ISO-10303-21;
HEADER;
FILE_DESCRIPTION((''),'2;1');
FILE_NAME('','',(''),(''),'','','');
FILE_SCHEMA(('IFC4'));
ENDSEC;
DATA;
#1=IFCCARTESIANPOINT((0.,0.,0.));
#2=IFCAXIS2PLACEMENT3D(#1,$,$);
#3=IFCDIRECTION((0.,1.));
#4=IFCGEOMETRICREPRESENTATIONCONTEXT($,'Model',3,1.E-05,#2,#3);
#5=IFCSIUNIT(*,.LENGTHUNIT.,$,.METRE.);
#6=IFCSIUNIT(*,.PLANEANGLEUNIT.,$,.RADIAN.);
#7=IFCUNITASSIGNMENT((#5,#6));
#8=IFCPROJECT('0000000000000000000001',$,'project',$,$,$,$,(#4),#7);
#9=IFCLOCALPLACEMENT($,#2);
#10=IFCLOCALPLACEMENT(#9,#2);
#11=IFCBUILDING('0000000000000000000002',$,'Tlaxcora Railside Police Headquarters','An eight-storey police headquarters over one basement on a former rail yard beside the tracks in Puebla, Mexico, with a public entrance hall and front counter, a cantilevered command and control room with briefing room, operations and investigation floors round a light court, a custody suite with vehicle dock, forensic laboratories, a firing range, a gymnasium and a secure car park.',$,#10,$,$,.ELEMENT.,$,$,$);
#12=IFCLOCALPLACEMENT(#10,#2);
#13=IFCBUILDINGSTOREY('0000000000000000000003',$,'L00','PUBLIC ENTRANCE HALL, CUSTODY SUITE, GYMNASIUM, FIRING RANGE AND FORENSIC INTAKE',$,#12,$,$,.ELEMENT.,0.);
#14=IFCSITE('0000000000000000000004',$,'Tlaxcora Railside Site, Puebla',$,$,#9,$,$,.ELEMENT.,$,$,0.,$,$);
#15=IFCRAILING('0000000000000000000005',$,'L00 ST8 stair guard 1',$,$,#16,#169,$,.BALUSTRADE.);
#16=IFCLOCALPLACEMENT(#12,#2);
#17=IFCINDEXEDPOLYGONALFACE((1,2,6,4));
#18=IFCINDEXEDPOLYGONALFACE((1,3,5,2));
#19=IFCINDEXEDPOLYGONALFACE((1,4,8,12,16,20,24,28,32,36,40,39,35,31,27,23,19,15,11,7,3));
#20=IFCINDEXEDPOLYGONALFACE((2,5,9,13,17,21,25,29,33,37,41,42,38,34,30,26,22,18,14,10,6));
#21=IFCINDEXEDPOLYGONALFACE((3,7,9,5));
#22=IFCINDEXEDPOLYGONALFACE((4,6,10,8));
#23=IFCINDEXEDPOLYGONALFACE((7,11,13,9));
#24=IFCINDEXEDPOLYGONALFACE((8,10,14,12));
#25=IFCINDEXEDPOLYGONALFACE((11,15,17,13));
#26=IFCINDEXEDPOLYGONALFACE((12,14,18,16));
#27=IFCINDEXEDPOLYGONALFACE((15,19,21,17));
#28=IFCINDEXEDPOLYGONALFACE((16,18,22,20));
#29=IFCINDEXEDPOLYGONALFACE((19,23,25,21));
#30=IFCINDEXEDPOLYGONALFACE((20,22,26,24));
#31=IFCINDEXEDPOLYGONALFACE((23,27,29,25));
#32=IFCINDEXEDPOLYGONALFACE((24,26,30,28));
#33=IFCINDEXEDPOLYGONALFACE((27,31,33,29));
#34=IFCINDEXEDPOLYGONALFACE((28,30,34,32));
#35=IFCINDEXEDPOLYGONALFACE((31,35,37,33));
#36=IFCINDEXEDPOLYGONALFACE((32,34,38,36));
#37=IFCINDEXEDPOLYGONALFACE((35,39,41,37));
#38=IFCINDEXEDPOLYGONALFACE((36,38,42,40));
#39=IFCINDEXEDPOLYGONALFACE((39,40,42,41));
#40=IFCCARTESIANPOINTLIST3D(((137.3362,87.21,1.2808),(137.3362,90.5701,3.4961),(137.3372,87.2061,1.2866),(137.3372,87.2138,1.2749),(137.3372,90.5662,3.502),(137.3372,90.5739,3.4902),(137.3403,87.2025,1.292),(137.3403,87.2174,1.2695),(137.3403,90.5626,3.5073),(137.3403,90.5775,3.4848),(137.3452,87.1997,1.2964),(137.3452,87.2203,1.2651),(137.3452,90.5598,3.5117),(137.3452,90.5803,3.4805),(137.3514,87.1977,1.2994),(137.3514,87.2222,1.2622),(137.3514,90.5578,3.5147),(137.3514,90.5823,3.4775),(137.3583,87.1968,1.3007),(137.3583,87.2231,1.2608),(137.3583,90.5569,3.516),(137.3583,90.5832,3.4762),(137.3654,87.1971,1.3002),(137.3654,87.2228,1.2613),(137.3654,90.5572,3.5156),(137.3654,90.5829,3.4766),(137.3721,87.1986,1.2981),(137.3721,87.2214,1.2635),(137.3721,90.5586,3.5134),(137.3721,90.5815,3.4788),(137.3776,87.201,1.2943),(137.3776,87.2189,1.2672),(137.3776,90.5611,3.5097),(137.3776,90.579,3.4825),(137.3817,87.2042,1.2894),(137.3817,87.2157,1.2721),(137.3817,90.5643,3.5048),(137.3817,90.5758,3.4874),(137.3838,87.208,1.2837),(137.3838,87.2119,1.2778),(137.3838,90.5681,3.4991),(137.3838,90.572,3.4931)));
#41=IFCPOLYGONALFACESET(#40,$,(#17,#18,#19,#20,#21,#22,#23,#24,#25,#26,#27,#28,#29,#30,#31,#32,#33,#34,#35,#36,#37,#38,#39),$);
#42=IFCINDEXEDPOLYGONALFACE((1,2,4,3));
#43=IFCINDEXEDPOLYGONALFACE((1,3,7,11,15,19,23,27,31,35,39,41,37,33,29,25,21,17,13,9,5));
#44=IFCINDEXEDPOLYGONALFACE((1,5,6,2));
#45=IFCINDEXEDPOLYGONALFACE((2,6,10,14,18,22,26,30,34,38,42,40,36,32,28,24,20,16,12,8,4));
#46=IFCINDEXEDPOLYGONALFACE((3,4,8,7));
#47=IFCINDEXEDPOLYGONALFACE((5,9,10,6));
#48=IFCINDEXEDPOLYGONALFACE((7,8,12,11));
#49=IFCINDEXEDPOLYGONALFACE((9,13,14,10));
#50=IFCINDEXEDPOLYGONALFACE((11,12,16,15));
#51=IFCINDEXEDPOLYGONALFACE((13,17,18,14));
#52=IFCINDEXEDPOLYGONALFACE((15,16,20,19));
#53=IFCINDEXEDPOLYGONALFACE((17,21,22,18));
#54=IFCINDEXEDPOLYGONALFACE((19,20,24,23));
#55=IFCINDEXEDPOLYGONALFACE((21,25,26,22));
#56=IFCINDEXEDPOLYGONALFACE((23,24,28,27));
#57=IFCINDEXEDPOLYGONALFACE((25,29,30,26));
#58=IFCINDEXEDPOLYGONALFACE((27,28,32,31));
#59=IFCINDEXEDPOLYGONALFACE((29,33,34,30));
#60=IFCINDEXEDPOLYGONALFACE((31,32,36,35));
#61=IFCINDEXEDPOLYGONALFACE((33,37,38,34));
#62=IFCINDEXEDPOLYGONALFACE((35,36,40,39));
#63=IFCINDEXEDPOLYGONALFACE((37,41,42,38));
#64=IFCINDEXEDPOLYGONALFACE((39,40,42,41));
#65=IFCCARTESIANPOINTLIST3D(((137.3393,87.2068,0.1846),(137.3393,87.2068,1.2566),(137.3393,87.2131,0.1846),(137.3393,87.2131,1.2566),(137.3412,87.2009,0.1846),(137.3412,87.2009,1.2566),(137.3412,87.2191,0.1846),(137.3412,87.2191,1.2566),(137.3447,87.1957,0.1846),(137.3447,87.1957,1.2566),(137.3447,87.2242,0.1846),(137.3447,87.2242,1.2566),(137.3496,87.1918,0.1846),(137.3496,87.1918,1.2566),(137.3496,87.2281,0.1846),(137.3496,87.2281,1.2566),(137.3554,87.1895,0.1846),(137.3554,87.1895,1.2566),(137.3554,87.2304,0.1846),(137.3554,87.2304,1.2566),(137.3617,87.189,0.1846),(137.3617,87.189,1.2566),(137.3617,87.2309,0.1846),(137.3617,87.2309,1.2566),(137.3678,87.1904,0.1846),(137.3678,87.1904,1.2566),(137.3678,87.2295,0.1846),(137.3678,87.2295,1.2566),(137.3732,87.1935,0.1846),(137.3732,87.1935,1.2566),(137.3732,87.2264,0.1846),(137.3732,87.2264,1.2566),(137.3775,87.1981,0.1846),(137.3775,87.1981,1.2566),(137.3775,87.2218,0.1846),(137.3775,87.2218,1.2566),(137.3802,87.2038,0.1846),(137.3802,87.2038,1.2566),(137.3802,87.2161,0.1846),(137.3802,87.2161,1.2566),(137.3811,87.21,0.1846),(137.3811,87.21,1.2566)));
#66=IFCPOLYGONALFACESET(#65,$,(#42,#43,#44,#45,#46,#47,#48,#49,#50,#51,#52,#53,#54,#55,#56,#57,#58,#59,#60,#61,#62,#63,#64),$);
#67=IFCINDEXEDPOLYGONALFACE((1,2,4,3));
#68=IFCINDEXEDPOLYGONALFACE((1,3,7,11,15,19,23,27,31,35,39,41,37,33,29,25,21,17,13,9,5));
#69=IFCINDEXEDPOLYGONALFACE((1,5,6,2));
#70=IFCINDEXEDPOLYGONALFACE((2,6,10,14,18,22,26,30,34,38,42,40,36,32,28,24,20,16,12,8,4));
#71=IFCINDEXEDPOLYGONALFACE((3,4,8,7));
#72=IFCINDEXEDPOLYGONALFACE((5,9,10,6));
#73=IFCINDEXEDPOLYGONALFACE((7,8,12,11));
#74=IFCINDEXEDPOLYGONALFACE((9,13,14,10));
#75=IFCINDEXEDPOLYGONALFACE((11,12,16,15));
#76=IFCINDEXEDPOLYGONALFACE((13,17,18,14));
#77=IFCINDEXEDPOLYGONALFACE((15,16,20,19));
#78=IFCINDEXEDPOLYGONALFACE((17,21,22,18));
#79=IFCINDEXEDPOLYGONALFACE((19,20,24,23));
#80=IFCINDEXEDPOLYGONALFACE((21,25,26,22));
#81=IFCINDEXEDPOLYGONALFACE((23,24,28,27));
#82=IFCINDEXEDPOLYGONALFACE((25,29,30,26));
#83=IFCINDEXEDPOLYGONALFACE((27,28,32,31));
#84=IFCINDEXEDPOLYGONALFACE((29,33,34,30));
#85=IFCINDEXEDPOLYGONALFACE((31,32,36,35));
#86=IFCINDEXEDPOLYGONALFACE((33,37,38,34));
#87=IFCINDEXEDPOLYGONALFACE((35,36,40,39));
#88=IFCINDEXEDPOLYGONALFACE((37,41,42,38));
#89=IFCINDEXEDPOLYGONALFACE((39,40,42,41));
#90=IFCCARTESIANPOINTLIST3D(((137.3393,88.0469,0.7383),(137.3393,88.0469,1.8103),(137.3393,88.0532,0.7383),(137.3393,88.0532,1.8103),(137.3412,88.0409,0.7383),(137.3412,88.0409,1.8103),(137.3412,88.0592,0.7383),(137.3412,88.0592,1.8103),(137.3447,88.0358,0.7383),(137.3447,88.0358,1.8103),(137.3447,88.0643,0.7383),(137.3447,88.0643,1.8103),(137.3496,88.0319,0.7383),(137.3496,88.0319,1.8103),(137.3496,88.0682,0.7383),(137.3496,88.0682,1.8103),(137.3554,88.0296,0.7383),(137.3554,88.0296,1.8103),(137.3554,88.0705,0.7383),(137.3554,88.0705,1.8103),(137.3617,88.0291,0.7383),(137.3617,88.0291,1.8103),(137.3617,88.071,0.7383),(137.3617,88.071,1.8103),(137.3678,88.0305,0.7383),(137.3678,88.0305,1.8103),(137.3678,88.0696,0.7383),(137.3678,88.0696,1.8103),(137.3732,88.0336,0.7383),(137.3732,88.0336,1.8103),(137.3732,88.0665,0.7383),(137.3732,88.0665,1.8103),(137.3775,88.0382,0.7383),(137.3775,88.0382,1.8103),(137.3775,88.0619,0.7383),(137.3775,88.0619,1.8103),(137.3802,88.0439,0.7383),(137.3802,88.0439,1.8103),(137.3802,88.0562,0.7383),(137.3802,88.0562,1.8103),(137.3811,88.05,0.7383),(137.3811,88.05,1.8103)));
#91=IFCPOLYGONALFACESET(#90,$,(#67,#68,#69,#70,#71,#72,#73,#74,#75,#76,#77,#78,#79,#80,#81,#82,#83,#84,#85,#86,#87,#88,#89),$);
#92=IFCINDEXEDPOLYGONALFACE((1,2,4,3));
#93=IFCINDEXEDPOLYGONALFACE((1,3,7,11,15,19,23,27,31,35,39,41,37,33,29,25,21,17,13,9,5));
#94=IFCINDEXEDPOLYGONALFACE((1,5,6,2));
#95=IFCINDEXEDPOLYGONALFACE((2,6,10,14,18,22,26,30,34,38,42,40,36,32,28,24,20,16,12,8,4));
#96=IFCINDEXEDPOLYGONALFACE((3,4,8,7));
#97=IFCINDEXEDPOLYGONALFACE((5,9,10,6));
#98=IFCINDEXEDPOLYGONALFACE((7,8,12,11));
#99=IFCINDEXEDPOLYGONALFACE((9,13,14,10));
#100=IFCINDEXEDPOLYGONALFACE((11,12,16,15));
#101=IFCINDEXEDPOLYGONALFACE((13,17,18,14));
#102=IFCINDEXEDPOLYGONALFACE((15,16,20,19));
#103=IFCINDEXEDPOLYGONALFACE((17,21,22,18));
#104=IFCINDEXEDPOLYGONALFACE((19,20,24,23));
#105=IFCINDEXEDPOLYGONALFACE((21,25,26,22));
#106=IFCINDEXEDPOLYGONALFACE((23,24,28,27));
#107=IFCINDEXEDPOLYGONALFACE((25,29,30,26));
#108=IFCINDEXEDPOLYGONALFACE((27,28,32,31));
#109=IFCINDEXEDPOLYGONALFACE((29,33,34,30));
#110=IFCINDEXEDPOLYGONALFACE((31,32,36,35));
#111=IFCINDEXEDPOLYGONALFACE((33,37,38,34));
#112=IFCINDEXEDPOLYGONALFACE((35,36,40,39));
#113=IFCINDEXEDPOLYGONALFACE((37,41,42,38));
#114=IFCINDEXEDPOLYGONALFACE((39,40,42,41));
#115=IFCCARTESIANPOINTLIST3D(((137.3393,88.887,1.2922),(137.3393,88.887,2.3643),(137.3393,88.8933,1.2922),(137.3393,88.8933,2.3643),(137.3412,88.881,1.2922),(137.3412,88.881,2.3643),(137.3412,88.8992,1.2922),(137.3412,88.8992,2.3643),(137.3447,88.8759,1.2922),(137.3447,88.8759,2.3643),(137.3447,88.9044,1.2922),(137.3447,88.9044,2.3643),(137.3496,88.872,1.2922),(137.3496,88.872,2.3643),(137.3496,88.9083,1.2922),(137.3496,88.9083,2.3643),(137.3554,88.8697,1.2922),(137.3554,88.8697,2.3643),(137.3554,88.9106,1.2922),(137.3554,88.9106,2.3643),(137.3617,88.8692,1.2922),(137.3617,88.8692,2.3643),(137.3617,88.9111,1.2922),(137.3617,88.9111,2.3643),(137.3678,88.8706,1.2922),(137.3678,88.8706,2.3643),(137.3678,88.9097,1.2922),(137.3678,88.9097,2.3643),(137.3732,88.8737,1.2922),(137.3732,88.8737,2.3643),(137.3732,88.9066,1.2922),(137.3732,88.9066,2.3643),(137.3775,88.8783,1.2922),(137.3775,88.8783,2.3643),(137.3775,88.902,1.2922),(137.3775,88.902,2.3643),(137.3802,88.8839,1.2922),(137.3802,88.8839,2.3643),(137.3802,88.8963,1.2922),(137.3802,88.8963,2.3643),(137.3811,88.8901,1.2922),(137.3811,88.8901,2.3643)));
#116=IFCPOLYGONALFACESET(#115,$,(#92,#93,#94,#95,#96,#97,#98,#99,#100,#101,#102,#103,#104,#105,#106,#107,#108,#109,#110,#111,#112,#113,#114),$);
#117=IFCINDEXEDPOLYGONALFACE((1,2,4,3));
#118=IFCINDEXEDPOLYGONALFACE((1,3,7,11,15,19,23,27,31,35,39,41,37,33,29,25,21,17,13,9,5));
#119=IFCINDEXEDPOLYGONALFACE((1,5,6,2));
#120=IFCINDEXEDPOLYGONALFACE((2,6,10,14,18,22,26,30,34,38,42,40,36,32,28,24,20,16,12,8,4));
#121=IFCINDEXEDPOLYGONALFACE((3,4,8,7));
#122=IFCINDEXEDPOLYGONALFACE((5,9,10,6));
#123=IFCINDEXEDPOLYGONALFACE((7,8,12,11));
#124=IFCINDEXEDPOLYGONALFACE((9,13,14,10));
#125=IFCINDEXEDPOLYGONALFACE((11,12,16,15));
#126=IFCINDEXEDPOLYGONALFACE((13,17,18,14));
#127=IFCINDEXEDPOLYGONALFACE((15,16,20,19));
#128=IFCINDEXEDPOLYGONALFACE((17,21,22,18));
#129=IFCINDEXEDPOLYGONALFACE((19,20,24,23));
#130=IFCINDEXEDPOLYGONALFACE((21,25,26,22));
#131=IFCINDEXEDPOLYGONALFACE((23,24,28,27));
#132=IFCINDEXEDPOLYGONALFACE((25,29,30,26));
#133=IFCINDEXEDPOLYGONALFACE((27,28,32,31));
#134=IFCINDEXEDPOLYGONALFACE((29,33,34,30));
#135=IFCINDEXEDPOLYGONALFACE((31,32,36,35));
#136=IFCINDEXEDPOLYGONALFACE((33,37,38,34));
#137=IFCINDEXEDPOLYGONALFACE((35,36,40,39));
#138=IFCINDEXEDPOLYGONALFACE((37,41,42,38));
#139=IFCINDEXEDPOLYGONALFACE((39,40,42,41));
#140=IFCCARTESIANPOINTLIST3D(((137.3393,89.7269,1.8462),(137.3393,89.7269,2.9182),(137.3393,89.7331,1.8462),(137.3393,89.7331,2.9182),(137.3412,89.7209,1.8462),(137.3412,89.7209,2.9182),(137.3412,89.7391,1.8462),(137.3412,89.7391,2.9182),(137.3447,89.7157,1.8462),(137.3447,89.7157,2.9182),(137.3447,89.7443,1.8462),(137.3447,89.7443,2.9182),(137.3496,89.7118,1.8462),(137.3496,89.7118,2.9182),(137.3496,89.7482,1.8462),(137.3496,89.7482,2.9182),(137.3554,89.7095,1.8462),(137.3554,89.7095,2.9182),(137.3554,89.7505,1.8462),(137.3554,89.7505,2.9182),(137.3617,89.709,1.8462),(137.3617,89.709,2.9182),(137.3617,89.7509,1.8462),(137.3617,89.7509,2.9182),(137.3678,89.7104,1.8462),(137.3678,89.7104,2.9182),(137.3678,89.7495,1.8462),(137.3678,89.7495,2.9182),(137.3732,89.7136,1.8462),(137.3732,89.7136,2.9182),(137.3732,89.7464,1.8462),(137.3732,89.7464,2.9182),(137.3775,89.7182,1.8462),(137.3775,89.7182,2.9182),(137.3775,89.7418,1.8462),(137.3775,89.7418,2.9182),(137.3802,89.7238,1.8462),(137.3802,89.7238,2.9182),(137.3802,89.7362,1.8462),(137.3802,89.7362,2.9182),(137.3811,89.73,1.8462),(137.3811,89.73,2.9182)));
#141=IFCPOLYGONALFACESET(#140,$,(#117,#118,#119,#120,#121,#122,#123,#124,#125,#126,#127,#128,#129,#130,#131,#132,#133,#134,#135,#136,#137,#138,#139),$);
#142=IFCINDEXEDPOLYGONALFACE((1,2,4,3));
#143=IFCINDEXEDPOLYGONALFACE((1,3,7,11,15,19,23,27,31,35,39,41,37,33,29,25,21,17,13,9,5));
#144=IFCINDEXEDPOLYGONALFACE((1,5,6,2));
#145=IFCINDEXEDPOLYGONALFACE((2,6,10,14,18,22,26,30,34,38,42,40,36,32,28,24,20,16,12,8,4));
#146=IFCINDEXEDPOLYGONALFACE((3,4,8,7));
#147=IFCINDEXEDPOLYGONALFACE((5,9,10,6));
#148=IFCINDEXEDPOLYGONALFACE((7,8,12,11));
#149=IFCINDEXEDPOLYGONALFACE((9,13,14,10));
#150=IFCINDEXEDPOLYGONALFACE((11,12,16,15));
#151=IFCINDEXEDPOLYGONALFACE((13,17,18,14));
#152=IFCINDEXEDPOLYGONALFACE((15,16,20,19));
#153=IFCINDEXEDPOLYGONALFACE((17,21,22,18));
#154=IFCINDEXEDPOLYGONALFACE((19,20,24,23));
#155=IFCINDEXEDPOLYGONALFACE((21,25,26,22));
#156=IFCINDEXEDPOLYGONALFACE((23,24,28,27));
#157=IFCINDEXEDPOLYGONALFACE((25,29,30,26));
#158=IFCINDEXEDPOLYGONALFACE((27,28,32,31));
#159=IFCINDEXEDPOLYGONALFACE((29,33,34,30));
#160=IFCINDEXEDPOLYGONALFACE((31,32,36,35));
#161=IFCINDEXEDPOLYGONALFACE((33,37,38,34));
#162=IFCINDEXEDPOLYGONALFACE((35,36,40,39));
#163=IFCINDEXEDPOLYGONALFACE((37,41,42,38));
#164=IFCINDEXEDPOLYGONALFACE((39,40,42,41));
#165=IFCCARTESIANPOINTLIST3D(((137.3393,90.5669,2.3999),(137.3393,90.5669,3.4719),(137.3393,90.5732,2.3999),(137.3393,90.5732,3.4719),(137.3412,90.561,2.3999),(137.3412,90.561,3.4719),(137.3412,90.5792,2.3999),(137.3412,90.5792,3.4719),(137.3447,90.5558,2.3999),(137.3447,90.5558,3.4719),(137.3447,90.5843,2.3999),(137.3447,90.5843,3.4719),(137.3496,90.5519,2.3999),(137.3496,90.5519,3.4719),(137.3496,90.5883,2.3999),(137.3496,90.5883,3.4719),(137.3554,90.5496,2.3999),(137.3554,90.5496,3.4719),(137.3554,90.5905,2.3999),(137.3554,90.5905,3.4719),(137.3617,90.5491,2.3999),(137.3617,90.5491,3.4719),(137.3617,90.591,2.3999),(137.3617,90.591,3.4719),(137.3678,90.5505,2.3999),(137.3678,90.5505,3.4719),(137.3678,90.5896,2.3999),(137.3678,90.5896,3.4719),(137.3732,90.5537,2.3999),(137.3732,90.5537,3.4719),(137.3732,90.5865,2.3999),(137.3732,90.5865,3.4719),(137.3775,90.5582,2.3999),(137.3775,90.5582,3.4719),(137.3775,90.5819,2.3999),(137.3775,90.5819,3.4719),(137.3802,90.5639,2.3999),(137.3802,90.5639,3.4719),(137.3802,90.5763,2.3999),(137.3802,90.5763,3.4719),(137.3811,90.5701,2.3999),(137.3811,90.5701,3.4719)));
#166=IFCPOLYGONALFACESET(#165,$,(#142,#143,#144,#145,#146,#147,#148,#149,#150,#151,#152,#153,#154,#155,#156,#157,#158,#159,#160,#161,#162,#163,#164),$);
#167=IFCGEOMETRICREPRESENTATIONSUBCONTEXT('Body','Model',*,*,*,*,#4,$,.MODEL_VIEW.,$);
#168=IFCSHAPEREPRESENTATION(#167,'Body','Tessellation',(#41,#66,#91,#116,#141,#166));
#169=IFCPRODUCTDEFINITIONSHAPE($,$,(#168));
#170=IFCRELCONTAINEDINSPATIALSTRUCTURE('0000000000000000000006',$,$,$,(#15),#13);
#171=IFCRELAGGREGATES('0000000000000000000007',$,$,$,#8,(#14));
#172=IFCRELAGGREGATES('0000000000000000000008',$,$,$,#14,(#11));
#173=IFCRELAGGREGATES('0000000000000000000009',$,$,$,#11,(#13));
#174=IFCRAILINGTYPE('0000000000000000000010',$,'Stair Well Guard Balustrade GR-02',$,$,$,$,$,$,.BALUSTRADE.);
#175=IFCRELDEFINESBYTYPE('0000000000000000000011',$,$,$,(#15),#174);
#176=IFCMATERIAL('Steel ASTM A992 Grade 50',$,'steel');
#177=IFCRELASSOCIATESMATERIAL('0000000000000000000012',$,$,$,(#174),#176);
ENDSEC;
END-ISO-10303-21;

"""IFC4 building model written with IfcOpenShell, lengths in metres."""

from ifc_helpers import new_model, si_unit, direction, frame, origin, origin_2d, place, context, subcontext, project, spatial, circle, extrude, material, type_object, element, save


model = new_model("IFC4")

# Units and contexts
model_context = context("Model", 3, precision=1e-05, world=origin(), true_north=direction((0.0, 1.0)))
body_context = subcontext(model_context, "Body", "Model", "MODEL_VIEW")
ifc_project = project(units=[si_unit("LENGTHUNIT", "METRE"), si_unit("PLANEANGLEUNIT", "RADIAN")], contexts=[model_context])

# Site, building, storey
site_placement = place(None, origin())
site = spatial("IfcSite", under=ifc_project, at=site_placement, Name="Tlaxcora Railside Site, Puebla", CompositionType="ELEMENT", RefElevation=0.0)
building_placement = place(site_placement, origin())
building = spatial("IfcBuilding", under=site, at=building_placement, Name="Tlaxcora Railside Police Headquarters", Description="An eight-storey police headquarters over one basement on a former rail yard beside the tracks in Puebla, Mexico, with a public entrance hall and front counter, a cantilevered command and control room with briefing room, operations and investigation floors round a light court, a custody suite with vehicle dock, forensic laboratories, a firing range, a gymnasium and a secure car park.", CompositionType="ELEMENT")
storey_placement = place(building_placement, origin())
storey = spatial("IfcBuildingStorey", under=building, at=storey_placement, Name="L00", Description="PUBLIC ENTRANCE HALL, CUSTODY SUITE, GYMNASIUM, FIRING RANGE AND FORENSIC INTAKE", CompositionType="ELEMENT", Elevation=0.0)

# Shared definitions
ifc_material_1 = material(Name="Steel ASTM A992 Grade 50", Category="steel")

# Railing
railing_type_1 = type_object("IfcRailingType", Name="Stair Well Guard Balustrade GR-02", PredefinedType="BALUSTRADE", material=ifc_material_1)
railing_1_placement = place(storey_placement, frame((137.3601, 87.21, 0.1846)))
element("IfcRailing", 1, at=railing_1_placement, inside=storey, type_object=railing_type_1, Name="L00 ST8 stair guard 1", PredefinedType="BALUSTRADE", context=body_context, shape_type="SweptSolid", body=[
    extrude(circle(Radius=0.0239, at=origin_2d()), frame((0.0, 0.0, 1.0962), z_axis=(0.0, 0.834876, 0.550437), x_axis=(-1.0, 0.0, 0.0)), (0.0, 0.0, 1.0), 4.0247),
    extrude(circle(Radius=0.021, at=origin_2d()), origin(), (0.0, 0.0, 1.0), 1.072),
    extrude(circle(Radius=0.021, at=origin_2d()), frame((0.0, 0.8401, 0.5537)), (0.0, 0.0, 1.0), 1.072),
    extrude(circle(Radius=0.021, at=origin_2d()), frame((0.0, 1.6802, 1.1077)), (0.0, 0.0, 1.0), 1.072),
    extrude(circle(Radius=0.021, at=origin_2d()), frame((0.0, 2.52, 1.6616)), (0.0, 0.0, 1.0), 1.072),
    extrude(circle(Radius=0.021, at=origin_2d()), frame((0.0, 3.3601, 2.2153)), (0.0, 0.0, 1.0), 1.072),
])

save(model, "model.ifc")
